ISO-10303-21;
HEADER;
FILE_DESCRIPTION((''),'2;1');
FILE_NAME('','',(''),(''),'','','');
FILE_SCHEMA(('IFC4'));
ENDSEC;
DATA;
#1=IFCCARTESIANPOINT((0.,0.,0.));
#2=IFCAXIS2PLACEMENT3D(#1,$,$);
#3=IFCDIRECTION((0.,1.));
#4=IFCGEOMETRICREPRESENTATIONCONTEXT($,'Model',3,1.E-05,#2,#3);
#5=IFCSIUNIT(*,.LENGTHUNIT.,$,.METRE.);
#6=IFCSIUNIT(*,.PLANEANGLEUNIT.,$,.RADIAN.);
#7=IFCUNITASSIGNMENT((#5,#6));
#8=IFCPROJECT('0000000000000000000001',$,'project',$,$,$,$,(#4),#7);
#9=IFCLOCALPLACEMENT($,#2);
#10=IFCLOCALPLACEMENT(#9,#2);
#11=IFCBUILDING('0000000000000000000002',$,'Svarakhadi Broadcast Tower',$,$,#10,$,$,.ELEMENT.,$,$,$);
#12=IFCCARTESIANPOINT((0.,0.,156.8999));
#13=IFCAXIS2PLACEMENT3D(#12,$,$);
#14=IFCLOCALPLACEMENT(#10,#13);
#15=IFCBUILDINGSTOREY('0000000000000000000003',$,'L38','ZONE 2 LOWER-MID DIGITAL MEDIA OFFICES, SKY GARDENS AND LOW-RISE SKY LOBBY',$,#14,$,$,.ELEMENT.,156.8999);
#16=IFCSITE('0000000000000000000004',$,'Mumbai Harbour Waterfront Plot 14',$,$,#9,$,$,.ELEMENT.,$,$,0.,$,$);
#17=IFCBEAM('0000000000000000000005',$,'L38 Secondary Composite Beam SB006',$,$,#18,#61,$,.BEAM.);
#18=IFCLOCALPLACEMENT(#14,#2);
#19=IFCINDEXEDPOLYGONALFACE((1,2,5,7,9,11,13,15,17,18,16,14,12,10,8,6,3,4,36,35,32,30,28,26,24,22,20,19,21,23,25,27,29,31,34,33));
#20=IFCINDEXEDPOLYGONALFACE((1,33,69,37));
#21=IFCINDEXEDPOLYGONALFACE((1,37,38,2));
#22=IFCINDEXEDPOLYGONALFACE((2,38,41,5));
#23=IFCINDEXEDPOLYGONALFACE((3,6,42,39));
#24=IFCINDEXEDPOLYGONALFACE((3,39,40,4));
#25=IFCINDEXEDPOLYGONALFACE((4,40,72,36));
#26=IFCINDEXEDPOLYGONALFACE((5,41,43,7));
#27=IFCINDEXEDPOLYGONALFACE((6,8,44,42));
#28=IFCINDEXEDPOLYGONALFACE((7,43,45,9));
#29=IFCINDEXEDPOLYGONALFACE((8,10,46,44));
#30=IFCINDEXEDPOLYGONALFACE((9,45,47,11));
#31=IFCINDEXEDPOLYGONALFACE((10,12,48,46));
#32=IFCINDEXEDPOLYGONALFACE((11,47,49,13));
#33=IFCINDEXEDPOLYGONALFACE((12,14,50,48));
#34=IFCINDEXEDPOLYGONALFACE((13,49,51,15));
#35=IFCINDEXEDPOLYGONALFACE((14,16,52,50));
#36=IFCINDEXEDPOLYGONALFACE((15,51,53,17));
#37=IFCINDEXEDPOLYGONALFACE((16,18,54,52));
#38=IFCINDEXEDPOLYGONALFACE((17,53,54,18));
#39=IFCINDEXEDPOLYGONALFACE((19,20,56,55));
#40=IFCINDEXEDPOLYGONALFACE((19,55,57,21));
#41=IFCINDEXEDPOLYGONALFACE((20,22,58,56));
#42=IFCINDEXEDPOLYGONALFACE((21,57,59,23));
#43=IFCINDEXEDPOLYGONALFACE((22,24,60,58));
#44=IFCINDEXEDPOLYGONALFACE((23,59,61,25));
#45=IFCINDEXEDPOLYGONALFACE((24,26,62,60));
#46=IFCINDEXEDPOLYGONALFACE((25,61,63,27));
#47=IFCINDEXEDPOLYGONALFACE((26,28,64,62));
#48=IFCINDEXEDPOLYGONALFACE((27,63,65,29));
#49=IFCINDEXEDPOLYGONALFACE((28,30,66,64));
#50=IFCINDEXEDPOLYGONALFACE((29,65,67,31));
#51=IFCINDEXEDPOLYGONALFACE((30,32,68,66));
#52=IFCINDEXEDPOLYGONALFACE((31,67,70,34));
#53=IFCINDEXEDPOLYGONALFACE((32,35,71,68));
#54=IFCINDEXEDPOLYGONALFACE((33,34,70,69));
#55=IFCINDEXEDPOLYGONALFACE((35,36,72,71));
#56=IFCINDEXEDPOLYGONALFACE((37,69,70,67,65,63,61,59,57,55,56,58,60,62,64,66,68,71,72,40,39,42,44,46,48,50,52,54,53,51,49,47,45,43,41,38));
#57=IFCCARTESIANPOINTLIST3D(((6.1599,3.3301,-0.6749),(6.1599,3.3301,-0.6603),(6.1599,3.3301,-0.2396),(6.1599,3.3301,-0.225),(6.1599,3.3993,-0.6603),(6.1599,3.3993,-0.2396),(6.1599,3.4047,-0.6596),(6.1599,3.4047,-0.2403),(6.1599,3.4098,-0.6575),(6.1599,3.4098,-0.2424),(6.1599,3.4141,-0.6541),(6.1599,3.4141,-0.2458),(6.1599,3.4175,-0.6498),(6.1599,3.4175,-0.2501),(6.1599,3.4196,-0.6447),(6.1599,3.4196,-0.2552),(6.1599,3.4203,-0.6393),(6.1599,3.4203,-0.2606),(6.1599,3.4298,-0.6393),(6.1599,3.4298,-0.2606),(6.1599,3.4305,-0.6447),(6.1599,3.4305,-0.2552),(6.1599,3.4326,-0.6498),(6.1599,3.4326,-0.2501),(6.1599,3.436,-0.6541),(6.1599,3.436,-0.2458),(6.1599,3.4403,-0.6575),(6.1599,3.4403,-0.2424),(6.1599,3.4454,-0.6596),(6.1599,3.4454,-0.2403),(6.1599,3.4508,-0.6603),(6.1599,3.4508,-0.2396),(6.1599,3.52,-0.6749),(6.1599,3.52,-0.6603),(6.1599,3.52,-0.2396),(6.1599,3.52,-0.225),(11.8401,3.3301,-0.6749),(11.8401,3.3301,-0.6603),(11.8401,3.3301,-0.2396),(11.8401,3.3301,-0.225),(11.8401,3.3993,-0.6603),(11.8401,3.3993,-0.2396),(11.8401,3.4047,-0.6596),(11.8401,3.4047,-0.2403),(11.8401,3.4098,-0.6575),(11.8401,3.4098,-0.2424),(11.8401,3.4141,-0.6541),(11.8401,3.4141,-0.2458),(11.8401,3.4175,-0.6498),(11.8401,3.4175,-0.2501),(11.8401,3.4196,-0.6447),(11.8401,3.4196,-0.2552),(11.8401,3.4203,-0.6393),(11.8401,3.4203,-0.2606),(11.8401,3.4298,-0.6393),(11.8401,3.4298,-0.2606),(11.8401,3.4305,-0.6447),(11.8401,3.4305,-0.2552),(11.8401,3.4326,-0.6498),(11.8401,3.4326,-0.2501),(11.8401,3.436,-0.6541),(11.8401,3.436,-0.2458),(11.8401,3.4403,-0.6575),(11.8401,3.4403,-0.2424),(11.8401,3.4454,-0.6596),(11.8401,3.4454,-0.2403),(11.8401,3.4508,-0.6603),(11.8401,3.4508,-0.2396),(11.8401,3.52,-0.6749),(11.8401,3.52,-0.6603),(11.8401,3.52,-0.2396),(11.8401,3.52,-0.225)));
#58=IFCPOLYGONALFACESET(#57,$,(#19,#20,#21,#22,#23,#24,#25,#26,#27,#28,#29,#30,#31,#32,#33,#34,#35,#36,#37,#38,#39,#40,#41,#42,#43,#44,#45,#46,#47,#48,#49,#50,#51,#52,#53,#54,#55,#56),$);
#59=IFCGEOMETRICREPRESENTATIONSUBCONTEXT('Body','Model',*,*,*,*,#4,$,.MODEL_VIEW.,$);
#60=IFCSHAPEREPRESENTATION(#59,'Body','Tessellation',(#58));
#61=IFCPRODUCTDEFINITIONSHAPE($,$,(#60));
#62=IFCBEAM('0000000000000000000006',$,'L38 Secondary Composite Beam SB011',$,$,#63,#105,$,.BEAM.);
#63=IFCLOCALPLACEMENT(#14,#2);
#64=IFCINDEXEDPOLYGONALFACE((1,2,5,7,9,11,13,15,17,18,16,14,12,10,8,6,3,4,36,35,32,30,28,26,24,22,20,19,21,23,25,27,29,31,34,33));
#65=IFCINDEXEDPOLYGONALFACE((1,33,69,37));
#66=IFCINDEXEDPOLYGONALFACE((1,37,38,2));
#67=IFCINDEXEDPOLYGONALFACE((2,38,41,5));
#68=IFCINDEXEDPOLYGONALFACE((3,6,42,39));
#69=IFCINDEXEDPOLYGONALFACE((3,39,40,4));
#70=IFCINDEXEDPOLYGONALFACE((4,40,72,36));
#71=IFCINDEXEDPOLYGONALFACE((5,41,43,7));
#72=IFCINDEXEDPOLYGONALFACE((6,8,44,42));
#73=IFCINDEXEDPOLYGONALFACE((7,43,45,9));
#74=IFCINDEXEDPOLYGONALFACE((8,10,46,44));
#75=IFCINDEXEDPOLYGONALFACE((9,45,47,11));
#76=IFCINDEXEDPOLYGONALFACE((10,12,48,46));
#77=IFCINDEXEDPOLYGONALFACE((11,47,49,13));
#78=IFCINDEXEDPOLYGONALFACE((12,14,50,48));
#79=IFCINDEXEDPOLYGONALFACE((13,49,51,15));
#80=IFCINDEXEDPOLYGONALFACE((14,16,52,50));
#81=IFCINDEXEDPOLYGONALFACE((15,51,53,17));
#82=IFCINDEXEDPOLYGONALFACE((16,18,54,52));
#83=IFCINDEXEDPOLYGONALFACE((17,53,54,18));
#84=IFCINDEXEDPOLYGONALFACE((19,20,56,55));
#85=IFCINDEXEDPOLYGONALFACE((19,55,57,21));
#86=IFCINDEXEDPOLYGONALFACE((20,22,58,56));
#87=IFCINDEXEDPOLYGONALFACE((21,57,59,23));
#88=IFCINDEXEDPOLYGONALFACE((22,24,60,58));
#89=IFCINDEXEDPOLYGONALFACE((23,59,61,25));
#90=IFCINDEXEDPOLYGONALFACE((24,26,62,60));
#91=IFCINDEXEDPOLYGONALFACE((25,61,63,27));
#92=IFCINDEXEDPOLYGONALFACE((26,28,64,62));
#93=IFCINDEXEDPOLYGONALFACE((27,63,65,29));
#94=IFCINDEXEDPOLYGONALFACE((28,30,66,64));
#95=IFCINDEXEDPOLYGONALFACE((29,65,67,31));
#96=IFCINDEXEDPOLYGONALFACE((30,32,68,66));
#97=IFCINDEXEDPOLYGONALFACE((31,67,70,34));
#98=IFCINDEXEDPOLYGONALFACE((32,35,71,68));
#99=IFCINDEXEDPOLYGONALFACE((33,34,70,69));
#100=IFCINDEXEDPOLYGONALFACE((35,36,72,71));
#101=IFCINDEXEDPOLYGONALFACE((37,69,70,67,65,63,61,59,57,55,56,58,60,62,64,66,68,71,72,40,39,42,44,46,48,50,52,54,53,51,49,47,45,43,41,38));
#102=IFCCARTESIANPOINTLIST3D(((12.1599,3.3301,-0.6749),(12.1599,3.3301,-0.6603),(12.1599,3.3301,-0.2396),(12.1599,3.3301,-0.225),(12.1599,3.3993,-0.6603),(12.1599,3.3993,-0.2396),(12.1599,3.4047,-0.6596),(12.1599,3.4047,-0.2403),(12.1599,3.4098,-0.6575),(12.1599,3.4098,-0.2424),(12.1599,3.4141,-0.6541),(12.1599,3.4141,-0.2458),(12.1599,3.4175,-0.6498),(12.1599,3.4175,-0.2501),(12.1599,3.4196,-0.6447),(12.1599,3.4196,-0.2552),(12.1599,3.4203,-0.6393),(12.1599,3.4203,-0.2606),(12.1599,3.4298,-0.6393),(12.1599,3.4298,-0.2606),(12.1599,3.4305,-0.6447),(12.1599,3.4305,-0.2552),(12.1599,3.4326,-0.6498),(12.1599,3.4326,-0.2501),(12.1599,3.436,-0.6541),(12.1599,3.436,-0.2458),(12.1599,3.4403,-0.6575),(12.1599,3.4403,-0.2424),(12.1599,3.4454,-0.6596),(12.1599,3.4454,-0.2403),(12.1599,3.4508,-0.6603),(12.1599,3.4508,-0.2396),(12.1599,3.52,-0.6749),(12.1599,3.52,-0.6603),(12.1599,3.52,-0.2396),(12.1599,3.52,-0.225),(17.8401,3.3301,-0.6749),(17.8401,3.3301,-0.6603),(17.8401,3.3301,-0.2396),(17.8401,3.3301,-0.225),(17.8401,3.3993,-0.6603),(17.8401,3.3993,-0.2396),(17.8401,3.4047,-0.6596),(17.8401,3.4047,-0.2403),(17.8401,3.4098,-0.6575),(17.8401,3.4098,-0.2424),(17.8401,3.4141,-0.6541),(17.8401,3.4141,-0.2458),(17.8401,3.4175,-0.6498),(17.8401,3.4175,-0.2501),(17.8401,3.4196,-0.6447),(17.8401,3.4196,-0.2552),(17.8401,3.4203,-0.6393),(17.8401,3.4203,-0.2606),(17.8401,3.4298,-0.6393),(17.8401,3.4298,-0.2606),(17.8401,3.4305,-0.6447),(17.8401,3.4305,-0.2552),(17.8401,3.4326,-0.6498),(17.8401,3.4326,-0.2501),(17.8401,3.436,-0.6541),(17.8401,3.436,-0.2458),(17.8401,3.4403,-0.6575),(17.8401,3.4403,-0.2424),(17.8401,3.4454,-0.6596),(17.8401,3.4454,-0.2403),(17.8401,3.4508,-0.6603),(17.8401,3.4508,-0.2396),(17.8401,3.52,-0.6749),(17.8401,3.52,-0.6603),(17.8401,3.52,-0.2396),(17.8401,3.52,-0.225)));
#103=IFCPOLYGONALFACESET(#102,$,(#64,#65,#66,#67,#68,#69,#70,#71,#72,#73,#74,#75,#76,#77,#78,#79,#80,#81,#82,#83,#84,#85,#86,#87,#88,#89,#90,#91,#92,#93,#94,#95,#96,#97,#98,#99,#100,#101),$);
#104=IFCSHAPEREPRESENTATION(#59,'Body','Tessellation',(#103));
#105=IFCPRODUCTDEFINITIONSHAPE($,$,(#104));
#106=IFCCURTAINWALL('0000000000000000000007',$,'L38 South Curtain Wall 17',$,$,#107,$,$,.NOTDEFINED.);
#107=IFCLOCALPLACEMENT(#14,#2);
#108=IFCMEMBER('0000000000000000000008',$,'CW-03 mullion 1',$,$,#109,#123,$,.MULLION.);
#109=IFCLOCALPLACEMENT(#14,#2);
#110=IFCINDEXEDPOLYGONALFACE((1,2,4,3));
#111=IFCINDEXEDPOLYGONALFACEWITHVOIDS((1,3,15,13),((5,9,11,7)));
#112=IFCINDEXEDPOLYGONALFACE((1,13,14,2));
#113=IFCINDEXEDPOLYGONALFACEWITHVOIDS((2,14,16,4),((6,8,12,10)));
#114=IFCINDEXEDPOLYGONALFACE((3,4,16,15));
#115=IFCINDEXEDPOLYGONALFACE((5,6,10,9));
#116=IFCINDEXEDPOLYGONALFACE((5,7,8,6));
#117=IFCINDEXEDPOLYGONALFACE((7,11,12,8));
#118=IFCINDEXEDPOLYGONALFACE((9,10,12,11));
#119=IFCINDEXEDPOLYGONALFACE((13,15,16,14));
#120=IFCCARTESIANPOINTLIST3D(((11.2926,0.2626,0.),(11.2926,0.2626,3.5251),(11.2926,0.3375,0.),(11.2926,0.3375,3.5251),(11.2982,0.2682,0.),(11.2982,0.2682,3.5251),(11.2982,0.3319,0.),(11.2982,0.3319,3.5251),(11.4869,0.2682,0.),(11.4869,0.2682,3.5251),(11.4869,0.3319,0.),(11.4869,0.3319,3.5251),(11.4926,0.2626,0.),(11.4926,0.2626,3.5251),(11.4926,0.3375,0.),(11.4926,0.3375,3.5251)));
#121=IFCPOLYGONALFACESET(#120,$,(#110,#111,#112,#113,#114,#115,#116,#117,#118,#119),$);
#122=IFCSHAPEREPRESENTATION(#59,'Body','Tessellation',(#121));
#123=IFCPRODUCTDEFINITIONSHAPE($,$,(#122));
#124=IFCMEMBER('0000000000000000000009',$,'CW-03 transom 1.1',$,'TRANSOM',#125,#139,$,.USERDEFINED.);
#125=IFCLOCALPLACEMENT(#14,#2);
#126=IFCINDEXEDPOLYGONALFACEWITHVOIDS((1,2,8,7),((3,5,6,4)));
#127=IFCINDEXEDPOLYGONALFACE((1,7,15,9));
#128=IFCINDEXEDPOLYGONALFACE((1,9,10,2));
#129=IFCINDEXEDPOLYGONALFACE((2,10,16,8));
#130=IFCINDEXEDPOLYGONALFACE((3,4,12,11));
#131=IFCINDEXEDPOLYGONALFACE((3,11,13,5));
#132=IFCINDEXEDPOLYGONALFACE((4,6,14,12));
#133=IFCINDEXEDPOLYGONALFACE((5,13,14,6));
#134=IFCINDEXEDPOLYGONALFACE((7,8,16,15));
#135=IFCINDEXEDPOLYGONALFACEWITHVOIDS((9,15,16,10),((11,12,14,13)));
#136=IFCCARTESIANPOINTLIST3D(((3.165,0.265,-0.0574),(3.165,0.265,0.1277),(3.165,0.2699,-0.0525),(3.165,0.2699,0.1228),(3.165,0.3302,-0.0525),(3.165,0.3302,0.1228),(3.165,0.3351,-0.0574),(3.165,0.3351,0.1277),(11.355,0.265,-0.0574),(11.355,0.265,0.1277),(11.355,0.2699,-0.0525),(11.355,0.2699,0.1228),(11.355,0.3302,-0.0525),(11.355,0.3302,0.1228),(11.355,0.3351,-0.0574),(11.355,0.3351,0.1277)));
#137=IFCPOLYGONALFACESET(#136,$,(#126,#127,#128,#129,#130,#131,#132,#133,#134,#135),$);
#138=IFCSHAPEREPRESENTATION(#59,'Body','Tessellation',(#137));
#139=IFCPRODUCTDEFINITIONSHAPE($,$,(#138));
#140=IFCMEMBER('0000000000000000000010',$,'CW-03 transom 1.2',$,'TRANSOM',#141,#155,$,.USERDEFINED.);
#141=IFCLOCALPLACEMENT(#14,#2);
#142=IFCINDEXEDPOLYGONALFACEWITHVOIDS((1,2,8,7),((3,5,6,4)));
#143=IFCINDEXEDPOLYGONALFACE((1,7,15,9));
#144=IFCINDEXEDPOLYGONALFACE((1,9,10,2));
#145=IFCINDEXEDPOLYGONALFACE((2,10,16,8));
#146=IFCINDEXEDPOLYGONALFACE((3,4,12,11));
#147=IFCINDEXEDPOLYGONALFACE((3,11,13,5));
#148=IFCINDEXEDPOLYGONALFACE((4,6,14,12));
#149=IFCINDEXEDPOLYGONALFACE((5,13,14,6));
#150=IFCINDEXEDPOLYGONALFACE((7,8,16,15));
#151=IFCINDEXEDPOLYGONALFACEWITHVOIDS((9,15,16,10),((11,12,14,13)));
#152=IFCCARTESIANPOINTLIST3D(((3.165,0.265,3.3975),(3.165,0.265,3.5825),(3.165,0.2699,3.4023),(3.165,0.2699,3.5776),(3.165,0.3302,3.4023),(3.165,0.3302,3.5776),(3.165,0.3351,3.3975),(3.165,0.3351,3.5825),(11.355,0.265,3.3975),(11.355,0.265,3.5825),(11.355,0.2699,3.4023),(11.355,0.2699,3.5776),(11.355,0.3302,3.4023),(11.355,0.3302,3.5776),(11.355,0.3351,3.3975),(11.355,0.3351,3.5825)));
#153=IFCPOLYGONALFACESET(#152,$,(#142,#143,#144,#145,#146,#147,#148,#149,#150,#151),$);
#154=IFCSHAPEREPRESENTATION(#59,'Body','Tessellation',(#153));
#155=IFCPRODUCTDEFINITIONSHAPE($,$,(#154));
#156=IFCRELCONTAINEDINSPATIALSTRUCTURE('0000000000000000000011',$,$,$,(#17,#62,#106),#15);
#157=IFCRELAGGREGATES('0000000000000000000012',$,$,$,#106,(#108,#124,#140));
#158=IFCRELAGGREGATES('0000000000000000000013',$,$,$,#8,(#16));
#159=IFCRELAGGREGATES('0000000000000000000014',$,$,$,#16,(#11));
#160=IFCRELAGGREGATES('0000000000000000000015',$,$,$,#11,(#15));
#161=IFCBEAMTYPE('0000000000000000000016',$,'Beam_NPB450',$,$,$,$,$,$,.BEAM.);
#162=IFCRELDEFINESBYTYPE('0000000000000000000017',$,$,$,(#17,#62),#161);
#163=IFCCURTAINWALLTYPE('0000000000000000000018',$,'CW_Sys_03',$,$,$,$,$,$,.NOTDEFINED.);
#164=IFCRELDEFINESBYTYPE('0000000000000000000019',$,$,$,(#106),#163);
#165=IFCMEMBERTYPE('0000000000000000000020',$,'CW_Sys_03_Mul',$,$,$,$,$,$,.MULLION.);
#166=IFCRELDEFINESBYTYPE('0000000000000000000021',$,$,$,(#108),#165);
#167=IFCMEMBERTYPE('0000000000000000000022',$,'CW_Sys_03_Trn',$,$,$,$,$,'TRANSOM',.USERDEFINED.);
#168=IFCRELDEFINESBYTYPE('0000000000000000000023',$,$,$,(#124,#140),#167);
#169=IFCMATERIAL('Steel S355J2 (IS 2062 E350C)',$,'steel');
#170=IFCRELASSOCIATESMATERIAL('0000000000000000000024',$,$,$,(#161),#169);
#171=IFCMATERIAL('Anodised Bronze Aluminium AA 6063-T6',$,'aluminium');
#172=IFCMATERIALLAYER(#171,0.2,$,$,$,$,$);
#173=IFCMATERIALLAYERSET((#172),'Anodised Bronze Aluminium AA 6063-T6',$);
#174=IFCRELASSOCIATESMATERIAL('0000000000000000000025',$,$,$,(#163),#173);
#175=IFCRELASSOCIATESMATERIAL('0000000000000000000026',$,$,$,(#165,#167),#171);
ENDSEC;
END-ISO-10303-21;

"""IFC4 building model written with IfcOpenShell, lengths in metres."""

from ifc_helpers import new_model, si_unit, direction, frame, origin, origin_2d, place, context, subcontext, project, spatial, hollow_rectangle, i_section, extrude, material, layer, layer_set, material_profile, profile_set, type_object, element, aggregate, save


model = new_model("IFC4")

# Units and contexts
model_context = context("Model", 3, precision=1e-05, world=origin(), true_north=direction((0.0, 1.0)))
body_context = subcontext(model_context, "Body", "Model", "MODEL_VIEW")
ifc_project = project(units=[si_unit("LENGTHUNIT", "METRE"), si_unit("PLANEANGLEUNIT", "RADIAN")], contexts=[model_context])

# Site, building, storey
site_placement = place(None, origin())
site = spatial("IfcSite", under=ifc_project, at=site_placement, Name="Mumbai Harbour Waterfront Plot 14", CompositionType="ELEMENT", RefElevation=0.0)
building_placement = place(site_placement, origin())
building = spatial("IfcBuilding", under=site, at=building_placement, Name="Svarakhadi Broadcast Tower", CompositionType="ELEMENT")
storey_placement = place(building_placement, frame((0.0, 0.0, 156.8999)))
storey = spatial("IfcBuildingStorey", under=building, at=storey_placement, Name="L38", Description="ZONE 2 LOWER-MID DIGITAL MEDIA OFFICES, SKY GARDENS AND LOW-RISE SKY LOBBY", CompositionType="ELEMENT", Elevation=156.8999)

# Beams
ifc_material_1 = material(Name="Steel S355J2 (IS 2062 E350C)", Category="steel")
ifc_material_profile_1 = material_profile(ifc_material_1, i_section(OverallWidth=0.1899, OverallDepth=0.45, WebThickness=0.0095, FlangeThickness=0.0146, FilletRadius=0.021, at=origin_2d()), Name="NPB 450x190x78")
ifc_profile_set_1 = profile_set([ifc_material_profile_1], Name="Steel S355J2 (IS 2062 E350C)")
beam_type_1 = type_object("IfcBeamType", Name="Beam_NPB450", PredefinedType="BEAM", material=ifc_profile_set_1)
for number, where, z_axis, x_axis, name in (
    (1, (6.1599, 3.425, -0.45), (1.0, 0.0, 0.0), (0.0, 1.0, 0.0), "L38 Secondary Composite Beam SB006"),
    (2, (12.1599, 3.425, -0.45), (1.0, 0.0, 0.0), (0.0, 1.0, 0.0), "L38 Secondary Composite Beam SB011"),
):
    element("IfcBeam", number, at=place(storey_placement, frame(where, z_axis=z_axis, x_axis=x_axis)), inside=storey, type_object=beam_type_1, Name=name, PredefinedType="BEAM", context=body_context, shape_type="SweptSolid", body=[
        extrude(i_section(OverallWidth=0.1899, OverallDepth=0.45, WebThickness=0.0095, FlangeThickness=0.0146, FilletRadius=0.021, at=origin_2d()), origin(), (0.0, 0.0, 1.0), 5.6802),
    ])

# Curtain wall, members
ifc_material_2 = material(Name="Anodised Bronze Aluminium AA 6063-T6", Category="aluminium")
ifc_layer_1 = layer(ifc_material_2, 0.2)
ifc_layer_set_1 = layer_set([ifc_layer_1], Name="Anodised Bronze Aluminium AA 6063-T6")
curtain_wall_type = type_object("IfcCurtainWallType", Name="CW_Sys_03", PredefinedType="NOTDEFINED", material=ifc_layer_set_1)
curtain_wall_placement = place(storey_placement, origin())
curtain_wall = element("IfcCurtainWall", 3, at=curtain_wall_placement, inside=storey, type_object=curtain_wall_type, Name="L38 South Curtain Wall 17", PredefinedType="NOTDEFINED")
ifc_material_profile_2 = material_profile(ifc_material_2, hollow_rectangle(XDim=0.075, YDim=0.2, WallThickness=0.0056, at=origin_2d()), Name="ALU MULLION 200x75x6")
ifc_profile_set_2 = profile_set([ifc_material_profile_2], Name="Anodised Bronze Aluminium AA 6063-T6")
member_type_1 = type_object("IfcMemberType", Name="CW_Sys_03_Mul", PredefinedType="MULLION", material=ifc_profile_set_2)
member_1_placement = place(storey_placement, frame((11.3926, 0.3, 0.0), z_axis=(0.0, 0.0, 1.0), x_axis=(0.0, -1.0, 0.0)))
member_1 = element("IfcMember", 4, at=member_1_placement, type_object=member_type_1, Name="CW-03 mullion 1", PredefinedType="MULLION", context=body_context, shape_type="SweptSolid", body=[
    extrude(hollow_rectangle(XDim=0.075, YDim=0.2, WallThickness=0.0056, at=origin_2d()), origin(), (0.0, 0.0, 1.0), 3.5251),
])
ifc_material_profile_3 = material_profile(ifc_material_2, hollow_rectangle(XDim=0.0701, YDim=0.1851, WallThickness=0.0049, at=origin_2d()), Name="ALU TRANSOM 185x70x5")
ifc_profile_set_3 = profile_set([ifc_material_profile_3], Name="Anodised Bronze Aluminium AA 6063-T6")
member_type_2 = type_object("IfcMemberType", Name="CW_Sys_03_Trn", ElementType="TRANSOM", PredefinedType="USERDEFINED", material=ifc_profile_set_3)
member_2_placement = place(storey_placement, frame((11.355, 0.3, 0.0352), z_axis=(-1.0, 0.0, 0.0), x_axis=(0.0, -1.0, 0.0)))
member_2 = element("IfcMember", 5, at=member_2_placement, type_object=member_type_2, Name="CW-03 transom 1.1", ObjectType="TRANSOM", PredefinedType="USERDEFINED", context=body_context, shape_type="SweptSolid", body=[
    extrude(hollow_rectangle(XDim=0.0701, YDim=0.1851, WallThickness=0.0049, at=origin_2d()), origin(), (0.0, 0.0, 1.0), 8.1899),
])
member_3_placement = place(storey_placement, frame((11.355, 0.3, 3.49), z_axis=(-1.0, 0.0, 0.0), x_axis=(0.0, -1.0, 0.0)))
member_3 = element("IfcMember", 6, at=member_3_placement, type_object=member_type_2, Name="CW-03 transom 1.2", ObjectType="TRANSOM", PredefinedType="USERDEFINED", context=body_context, shape_type="SweptSolid", body=[
    extrude(hollow_rectangle(XDim=0.0701, YDim=0.1851, WallThickness=0.0049, at=origin_2d()), origin(), (0.0, 0.0, 1.0), 8.1899),
])

aggregate(curtain_wall, [member_1, member_2, member_3])

save(model, "model.ifc")
